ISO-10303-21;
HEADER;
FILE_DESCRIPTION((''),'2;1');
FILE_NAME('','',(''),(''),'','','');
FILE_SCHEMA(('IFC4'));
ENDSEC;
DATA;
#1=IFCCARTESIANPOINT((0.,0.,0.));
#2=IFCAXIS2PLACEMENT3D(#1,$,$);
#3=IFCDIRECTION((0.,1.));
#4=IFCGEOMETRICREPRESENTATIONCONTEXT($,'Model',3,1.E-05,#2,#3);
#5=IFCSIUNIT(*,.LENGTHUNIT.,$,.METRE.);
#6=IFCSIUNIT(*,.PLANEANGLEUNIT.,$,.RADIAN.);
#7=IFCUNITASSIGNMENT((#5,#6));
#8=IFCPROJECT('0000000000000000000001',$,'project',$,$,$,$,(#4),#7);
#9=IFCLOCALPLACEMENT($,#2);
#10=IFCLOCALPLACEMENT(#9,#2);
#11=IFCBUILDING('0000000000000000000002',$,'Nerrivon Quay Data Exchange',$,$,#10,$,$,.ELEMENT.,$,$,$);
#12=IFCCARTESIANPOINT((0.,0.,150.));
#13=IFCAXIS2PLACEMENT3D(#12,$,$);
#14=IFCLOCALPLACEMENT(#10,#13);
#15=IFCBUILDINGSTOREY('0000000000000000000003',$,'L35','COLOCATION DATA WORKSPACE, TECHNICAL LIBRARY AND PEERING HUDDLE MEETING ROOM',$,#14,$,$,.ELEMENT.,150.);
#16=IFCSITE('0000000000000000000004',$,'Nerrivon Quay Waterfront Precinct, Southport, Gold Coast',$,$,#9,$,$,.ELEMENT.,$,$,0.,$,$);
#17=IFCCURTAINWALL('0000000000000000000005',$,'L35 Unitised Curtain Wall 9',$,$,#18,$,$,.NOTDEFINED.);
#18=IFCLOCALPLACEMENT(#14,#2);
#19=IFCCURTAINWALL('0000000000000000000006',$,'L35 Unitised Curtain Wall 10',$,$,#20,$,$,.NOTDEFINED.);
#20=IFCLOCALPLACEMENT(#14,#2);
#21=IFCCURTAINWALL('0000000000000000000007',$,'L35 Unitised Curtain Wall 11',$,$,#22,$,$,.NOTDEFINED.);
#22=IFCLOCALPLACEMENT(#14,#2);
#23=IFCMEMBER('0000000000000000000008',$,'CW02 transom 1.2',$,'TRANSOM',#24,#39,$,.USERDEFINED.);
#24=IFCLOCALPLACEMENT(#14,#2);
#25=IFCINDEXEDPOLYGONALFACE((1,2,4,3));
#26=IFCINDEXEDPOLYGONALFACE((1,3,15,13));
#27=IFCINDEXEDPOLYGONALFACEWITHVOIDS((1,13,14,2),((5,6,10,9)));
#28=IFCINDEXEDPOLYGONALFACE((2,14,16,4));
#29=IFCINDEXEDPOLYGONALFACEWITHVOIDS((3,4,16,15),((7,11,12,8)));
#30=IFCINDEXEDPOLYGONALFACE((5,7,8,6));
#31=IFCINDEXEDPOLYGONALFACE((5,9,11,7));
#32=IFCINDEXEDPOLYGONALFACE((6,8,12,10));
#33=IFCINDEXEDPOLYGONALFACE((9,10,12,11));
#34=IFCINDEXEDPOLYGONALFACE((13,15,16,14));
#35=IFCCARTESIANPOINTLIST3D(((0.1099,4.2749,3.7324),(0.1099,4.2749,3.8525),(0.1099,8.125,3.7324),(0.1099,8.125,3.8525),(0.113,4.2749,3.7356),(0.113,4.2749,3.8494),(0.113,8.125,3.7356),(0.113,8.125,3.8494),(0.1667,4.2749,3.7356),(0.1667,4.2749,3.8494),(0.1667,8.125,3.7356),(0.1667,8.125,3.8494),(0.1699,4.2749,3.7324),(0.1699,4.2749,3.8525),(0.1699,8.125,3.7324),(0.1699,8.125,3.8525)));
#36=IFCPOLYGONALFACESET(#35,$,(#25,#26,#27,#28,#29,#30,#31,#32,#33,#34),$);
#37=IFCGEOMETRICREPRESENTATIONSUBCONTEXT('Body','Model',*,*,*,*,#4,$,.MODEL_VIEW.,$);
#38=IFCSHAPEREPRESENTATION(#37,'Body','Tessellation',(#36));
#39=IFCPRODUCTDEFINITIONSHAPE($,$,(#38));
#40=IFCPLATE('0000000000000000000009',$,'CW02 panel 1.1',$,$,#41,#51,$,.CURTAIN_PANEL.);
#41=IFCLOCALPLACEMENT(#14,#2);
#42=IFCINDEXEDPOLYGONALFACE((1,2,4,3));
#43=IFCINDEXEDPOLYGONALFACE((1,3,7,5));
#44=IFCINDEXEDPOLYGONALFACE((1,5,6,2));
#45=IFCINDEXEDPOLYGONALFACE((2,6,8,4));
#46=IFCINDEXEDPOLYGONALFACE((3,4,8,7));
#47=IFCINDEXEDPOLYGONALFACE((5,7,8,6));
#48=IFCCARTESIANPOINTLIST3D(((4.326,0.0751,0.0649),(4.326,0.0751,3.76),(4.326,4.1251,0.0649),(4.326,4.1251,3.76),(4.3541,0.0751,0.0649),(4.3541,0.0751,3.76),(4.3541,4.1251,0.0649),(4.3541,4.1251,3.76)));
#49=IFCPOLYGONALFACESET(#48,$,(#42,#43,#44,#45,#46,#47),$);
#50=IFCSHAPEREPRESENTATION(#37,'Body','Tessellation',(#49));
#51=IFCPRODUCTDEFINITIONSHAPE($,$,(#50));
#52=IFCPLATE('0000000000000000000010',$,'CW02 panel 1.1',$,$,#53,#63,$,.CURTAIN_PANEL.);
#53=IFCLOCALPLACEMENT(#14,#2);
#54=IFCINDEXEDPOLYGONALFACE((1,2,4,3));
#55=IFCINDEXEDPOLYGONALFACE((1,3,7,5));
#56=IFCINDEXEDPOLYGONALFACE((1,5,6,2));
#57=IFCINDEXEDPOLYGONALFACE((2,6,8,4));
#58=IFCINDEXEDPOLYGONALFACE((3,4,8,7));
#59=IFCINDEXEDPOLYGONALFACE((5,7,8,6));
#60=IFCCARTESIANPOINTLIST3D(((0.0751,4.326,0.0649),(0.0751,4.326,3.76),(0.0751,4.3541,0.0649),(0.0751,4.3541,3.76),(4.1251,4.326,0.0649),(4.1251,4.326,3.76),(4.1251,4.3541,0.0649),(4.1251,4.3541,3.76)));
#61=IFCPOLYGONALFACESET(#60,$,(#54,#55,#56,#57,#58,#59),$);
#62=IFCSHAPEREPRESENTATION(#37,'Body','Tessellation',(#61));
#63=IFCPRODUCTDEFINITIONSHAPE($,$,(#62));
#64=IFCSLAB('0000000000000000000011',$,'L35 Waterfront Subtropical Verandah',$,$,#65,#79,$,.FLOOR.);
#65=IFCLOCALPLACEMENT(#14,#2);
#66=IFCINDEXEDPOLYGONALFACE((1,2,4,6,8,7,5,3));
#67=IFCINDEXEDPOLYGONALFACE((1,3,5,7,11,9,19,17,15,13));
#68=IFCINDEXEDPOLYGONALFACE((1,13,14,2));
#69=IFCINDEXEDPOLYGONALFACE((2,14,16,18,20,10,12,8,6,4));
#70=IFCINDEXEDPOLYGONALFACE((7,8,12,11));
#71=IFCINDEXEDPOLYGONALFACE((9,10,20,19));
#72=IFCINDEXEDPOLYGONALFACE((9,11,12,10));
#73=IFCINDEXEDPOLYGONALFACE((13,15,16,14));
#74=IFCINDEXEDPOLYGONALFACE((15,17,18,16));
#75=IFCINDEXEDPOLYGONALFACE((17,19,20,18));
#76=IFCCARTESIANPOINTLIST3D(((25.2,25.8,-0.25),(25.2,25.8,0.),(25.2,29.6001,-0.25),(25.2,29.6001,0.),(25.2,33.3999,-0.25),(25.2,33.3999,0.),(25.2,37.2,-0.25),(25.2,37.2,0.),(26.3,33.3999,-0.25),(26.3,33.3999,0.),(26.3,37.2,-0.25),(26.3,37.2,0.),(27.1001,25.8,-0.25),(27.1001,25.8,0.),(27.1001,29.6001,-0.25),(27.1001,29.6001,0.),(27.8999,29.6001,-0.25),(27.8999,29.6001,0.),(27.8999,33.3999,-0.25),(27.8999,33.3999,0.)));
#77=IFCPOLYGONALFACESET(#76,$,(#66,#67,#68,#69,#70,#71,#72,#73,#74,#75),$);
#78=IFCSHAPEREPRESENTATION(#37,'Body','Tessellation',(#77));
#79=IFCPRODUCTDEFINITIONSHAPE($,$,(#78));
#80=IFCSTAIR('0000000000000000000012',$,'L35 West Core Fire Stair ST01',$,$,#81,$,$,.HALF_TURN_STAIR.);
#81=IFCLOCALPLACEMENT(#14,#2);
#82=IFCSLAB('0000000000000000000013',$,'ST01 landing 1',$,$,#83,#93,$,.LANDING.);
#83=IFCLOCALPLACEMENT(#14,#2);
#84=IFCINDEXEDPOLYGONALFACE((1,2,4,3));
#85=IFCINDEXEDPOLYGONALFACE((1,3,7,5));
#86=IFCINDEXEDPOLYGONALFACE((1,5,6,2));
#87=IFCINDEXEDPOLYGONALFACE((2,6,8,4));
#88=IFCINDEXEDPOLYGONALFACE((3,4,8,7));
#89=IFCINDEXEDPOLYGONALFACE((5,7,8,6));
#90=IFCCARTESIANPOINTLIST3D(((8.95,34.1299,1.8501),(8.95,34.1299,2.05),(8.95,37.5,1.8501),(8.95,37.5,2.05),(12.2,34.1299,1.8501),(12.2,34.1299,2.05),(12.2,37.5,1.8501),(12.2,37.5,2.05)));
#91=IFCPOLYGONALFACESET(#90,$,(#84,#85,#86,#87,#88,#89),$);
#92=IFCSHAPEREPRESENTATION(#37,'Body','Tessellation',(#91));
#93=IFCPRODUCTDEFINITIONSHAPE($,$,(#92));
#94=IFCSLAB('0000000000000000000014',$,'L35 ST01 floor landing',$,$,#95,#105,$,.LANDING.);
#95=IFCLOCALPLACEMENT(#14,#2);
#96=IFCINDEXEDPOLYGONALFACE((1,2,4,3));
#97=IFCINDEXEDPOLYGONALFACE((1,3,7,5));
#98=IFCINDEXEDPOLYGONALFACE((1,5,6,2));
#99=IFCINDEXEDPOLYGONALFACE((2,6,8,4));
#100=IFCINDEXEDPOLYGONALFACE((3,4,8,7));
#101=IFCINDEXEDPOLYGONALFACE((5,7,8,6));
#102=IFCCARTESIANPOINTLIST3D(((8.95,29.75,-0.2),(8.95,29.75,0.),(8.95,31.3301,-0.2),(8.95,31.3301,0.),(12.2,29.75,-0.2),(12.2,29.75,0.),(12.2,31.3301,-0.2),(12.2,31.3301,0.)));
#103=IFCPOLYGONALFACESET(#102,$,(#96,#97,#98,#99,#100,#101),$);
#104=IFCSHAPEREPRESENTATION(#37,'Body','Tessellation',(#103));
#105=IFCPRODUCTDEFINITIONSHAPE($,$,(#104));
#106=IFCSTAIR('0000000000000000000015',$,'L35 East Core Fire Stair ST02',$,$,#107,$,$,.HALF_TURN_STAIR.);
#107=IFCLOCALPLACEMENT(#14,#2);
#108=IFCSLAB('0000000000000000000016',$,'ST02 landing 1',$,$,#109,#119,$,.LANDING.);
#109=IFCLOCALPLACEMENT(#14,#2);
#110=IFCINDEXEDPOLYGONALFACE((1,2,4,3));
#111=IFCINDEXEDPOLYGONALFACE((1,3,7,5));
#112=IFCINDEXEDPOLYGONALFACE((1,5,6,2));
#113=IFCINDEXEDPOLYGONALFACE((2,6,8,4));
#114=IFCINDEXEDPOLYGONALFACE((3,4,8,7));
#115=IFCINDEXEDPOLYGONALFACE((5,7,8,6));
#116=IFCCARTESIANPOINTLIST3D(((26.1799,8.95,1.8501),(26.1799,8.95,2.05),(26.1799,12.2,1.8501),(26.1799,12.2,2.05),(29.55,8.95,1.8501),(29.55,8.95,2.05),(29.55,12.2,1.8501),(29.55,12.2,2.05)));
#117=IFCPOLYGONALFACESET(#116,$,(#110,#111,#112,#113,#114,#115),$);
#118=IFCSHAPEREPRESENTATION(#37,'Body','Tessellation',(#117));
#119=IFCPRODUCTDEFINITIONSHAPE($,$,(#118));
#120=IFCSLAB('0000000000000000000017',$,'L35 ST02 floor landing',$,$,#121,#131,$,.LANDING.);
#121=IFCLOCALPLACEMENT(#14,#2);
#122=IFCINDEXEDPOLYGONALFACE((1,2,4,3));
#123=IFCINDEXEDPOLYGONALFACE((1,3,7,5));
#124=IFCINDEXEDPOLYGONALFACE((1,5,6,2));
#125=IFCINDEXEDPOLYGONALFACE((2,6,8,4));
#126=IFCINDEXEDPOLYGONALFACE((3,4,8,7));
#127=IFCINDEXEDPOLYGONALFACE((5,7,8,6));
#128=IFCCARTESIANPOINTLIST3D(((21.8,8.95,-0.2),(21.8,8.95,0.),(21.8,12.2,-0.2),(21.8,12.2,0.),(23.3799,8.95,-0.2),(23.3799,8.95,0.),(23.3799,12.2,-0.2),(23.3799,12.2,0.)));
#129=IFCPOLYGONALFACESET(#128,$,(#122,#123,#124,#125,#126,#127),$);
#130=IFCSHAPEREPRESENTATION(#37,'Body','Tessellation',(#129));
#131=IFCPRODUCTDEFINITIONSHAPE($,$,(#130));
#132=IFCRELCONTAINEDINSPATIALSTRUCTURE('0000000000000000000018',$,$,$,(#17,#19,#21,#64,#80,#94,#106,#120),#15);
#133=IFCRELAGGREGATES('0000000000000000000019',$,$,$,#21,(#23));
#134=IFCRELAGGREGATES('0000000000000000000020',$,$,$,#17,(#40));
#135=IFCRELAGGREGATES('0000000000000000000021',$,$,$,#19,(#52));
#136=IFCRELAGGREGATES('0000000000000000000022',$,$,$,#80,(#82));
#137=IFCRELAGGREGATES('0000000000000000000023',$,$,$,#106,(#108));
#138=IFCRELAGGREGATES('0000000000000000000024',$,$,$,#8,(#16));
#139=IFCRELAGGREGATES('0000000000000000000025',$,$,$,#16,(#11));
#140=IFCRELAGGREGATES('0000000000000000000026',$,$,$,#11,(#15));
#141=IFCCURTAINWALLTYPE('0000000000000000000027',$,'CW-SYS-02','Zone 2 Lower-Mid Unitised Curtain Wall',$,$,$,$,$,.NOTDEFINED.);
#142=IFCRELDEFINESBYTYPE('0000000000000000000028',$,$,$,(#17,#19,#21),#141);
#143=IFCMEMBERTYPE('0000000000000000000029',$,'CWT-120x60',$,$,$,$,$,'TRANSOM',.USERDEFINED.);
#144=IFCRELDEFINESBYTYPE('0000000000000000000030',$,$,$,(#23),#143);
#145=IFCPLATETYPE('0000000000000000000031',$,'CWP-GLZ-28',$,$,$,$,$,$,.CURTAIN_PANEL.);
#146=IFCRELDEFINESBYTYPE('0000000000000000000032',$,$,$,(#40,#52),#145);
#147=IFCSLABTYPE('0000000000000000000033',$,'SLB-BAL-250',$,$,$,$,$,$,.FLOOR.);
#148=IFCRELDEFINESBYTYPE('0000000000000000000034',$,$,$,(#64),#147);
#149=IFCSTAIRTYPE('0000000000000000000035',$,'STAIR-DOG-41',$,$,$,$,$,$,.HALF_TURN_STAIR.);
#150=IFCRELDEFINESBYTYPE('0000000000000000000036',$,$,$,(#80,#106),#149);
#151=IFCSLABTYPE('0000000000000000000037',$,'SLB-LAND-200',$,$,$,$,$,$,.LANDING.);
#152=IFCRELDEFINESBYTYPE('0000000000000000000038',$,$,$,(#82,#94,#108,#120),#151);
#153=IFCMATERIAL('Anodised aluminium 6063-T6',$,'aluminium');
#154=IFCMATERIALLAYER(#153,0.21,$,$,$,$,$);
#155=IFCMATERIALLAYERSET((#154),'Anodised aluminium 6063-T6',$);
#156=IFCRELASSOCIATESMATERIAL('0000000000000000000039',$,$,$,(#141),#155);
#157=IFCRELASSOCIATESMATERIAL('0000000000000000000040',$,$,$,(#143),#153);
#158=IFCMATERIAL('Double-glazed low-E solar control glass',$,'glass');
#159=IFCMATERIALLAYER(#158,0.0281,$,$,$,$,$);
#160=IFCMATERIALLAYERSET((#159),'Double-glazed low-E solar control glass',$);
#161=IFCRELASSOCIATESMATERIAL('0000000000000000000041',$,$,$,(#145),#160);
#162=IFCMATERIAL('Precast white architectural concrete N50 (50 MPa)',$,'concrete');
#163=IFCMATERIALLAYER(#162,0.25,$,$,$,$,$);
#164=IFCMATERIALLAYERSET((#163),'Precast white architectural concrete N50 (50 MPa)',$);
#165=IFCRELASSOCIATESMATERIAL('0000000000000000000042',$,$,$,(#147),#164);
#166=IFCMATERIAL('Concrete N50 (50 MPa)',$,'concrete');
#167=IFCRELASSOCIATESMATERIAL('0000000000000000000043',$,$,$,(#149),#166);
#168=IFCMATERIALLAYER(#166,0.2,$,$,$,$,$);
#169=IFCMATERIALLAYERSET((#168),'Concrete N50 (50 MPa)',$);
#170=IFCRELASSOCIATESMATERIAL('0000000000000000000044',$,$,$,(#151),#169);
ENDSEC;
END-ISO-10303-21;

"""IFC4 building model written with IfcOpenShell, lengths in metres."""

from ifc_helpers import new_model, si_unit, direction, frame, origin, origin_2d, place, context, subcontext, project, spatial, polyline, rectangle, hollow_rectangle, outline, extrude, material, layer, layer_set, material_profile, profile_set, type_object, element, aggregate, save


model = new_model("IFC4")

# Units and contexts
model_context = context("Model", 3, precision=1e-05, world=origin(), true_north=direction((0.0, 1.0)))
body_context = subcontext(model_context, "Body", "Model", "MODEL_VIEW")
ifc_project = project(units=[si_unit("LENGTHUNIT", "METRE"), si_unit("PLANEANGLEUNIT", "RADIAN")], contexts=[model_context])

# Site, building, storey
site_placement = place(None, origin())
site = spatial("IfcSite", under=ifc_project, at=site_placement, Name="Nerrivon Quay Waterfront Precinct, Southport, Gold Coast", CompositionType="ELEMENT", RefElevation=0.0)
building_placement = place(site_placement, origin())
building = spatial("IfcBuilding", under=site, at=building_placement, Name="Nerrivon Quay Data Exchange", CompositionType="ELEMENT")
storey_placement = place(building_placement, frame((0.0, 0.0, 150.0)))
storey = spatial("IfcBuildingStorey", under=building, at=storey_placement, Name="L35", Description="COLOCATION DATA WORKSPACE, TECHNICAL LIBRARY AND PEERING HUDDLE MEETING ROOM", CompositionType="ELEMENT", Elevation=150.0)

# Shared definitions
ifc_material_1 = material(Name="Anodised aluminium 6063-T6", Category="aluminium")
ifc_layer_1 = layer(ifc_material_1, 0.21)
ifc_layer_set_1 = layer_set([ifc_layer_1], Name="Anodised aluminium 6063-T6")
curtain_wall_type = type_object("IfcCurtainWallType", Name="CW-SYS-02", Description="Zone 2 Lower-Mid Unitised Curtain Wall", PredefinedType="NOTDEFINED", material=ifc_layer_set_1)

# Curtain walls
curtain_wall_1_placement = place(storey_placement, origin())
curtain_wall_1 = element("IfcCurtainWall", 1, at=curtain_wall_1_placement, inside=storey, type_object=curtain_wall_type, Name="L35 Unitised Curtain Wall 9", PredefinedType="NOTDEFINED")
curtain_wall_2_placement = place(storey_placement, origin())
curtain_wall_2 = element("IfcCurtainWall", 2, at=curtain_wall_2_placement, inside=storey, type_object=curtain_wall_type, Name="L35 Unitised Curtain Wall 10", PredefinedType="NOTDEFINED")

# Curtain wall
curtain_wall_3_placement = place(storey_placement, origin())
curtain_wall_3 = element("IfcCurtainWall", 3, at=curtain_wall_3_placement, inside=storey, type_object=curtain_wall_type, Name="L35 Unitised Curtain Wall 11", PredefinedType="NOTDEFINED")

# Member
ifc_material_profile_1 = material_profile(ifc_material_1, hollow_rectangle(XDim=0.0601, YDim=0.1201, WallThickness=0.0032, at=origin_2d()), Name="ALU-TRAN-120x60")
ifc_profile_set_1 = profile_set([ifc_material_profile_1], Name="Anodised aluminium 6063-T6")
member_type_1 = type_object("IfcMemberType", Name="CWT-120x60", ElementType="TRANSOM", PredefinedType="USERDEFINED", material=ifc_profile_set_1)
member_1_placement = place(storey_placement, frame((0.1399, 4.2749, 3.7925), z_axis=(0.0, 1.0, 0.0), x_axis=(-1.0, 0.0, 0.0)))
member_1 = element("IfcMember", 4, at=member_1_placement, type_object=member_type_1, Name="CW02 transom 1.2", ObjectType="TRANSOM", PredefinedType="USERDEFINED", context=body_context, shape_type="SweptSolid", body=[
    extrude(hollow_rectangle(XDim=0.0601, YDim=0.1201, WallThickness=0.0032, at=origin_2d()), origin(), (0.0, 0.0, 1.0), 3.8501),
])
aggregate(curtain_wall_3, [member_1])

# Plates
ifc_material_2 = material(Name="Double-glazed low-E solar control glass", Category="glass")
ifc_layer_2 = layer(ifc_material_2, 0.0281)
ifc_layer_set_2 = layer_set([ifc_layer_2], Name="Double-glazed low-E solar control glass")
plate_type = type_object("IfcPlateType", Name="CWP-GLZ-28", PredefinedType="CURTAIN_PANEL", material=ifc_layer_set_2)
plate_1_placement = place(storey_placement, frame((4.3401, 2.1001, 0.0649), z_axis=(0.0, 0.0, 1.0), x_axis=(0.0, 1.0, 0.0)))
plate_1 = element("IfcPlate", 5, at=plate_1_placement, type_object=plate_type, Name="CW02 panel 1.1", PredefinedType="CURTAIN_PANEL", context=body_context, shape_type="SweptSolid", body=[
    extrude(rectangle(XDim=4.05, YDim=0.0281, at=origin_2d()), origin(), (0.0, 0.0, 1.0), 3.6951),
])
aggregate(curtain_wall_1, [plate_1])
plate_2_placement = place(storey_placement, frame((2.1001, 4.3401, 0.0649), z_axis=(0.0, 0.0, 1.0), x_axis=(-1.0, 0.0, 0.0)))
plate_2 = element("IfcPlate", 6, at=plate_2_placement, type_object=plate_type, Name="CW02 panel 1.1", PredefinedType="CURTAIN_PANEL", context=body_context, shape_type="SweptSolid", body=[
    extrude(rectangle(XDim=4.05, YDim=0.0281, at=origin_2d()), origin(), (0.0, 0.0, 1.0), 3.6951),
])
aggregate(curtain_wall_2, [plate_2])

# Slab
ifc_material_3 = material(Name="Precast white architectural concrete N50 (50 MPa)", Category="concrete")
ifc_layer_3 = layer(ifc_material_3, 0.25)
ifc_layer_set_3 = layer_set([ifc_layer_3], Name="Precast white architectural concrete N50 (50 MPa)")
slab_type_1 = type_object("IfcSlabType", Name="SLB-BAL-250", PredefinedType="FLOOR", material=ifc_layer_set_3)
slab_1_placement = place(storey_placement, frame((0.0, 0.0, -0.25)))
element("IfcSlab", 7, at=slab_1_placement, inside=storey, type_object=slab_type_1, Name="L35 Waterfront Subtropical Verandah", PredefinedType="FLOOR", context=body_context, shape_type="SweptSolid", body=[
    extrude(outline(polyline([(27.1001, 29.6001), (27.8999, 29.6001), (27.8999, 33.3999), (26.3, 33.3999), (26.3, 37.2), (25.2, 37.2), (25.2, 33.3999), (25.2, 29.6001), (25.2, 25.8), (27.1001, 25.8), (27.1001, 29.6001)])), origin(), (0.0, 0.0, 1.0), 0.25),
])

# Stair, slab
ifc_material_4 = material(Name="Concrete N50 (50 MPa)", Category="concrete")
stair_type = type_object("IfcStairType", Name="STAIR-DOG-41", PredefinedType="HALF_TURN_STAIR", material=ifc_material_4)
stair_1_placement = place(storey_placement, origin())
stair_1 = element("IfcStair", 8, at=stair_1_placement, inside=storey, type_object=stair_type, Name="L35 West Core Fire Stair ST01", PredefinedType="HALF_TURN_STAIR")
ifc_layer_4 = layer(ifc_material_4, 0.2)
ifc_layer_set_4 = layer_set([ifc_layer_4], Name="Concrete N50 (50 MPa)")
slab_type_2 = type_object("IfcSlabType", Name="SLB-LAND-200", PredefinedType="LANDING", material=ifc_layer_set_4)
slab_2_placement = place(storey_placement, frame((0.0, 0.0, 1.8501)))
slab_2 = element("IfcSlab", 9, at=slab_2_placement, type_object=slab_type_2, Name="ST01 landing 1", PredefinedType="LANDING", context=body_context, shape_type="SweptSolid", body=[
    extrude(outline(polyline([(12.2, 34.1299), (12.2, 37.5), (8.95, 37.5), (8.95, 34.1299), (12.2, 34.1299)])), origin(), (0.0, 0.0, 1.0), 0.2),
])
aggregate(stair_1, [slab_2])

# Slab
slab_3_placement = place(storey_placement, frame((0.0, 0.0, -0.2)))
element("IfcSlab", 10, at=slab_3_placement, inside=storey, type_object=slab_type_2, Name="L35 ST01 floor landing", PredefinedType="LANDING", context=body_context, shape_type="SweptSolid", body=[
    extrude(outline(polyline([(12.2, 29.75), (12.2, 31.3301), (8.95, 31.3301), (8.95, 29.75), (12.2, 29.75)])), origin(), (0.0, 0.0, 1.0), 0.2),
])

# Stair, slab
stair_2_placement = place(storey_placement, origin())
stair_2 = element("IfcStair", 11, at=stair_2_placement, inside=storey, type_object=stair_type, Name="L35 East Core Fire Stair ST02", PredefinedType="HALF_TURN_STAIR")
slab_4_placement = place(storey_placement, frame((0.0, 0.0, 1.8501)))
slab_4 = element("IfcSlab", 12, at=slab_4_placement, type_object=slab_type_2, Name="ST02 landing 1", PredefinedType="LANDING", context=body_context, shape_type="SweptSolid", body=[
    extrude(outline(polyline([(26.1799, 8.95), (29.55, 8.95), (29.55, 12.2), (26.1799, 12.2), (26.1799, 8.95)])), origin(), (0.0, 0.0, 1.0), 0.2),
])
aggregate(stair_2, [slab_4])

# Slab
slab_5_placement = place(storey_placement, frame((0.0, 0.0, -0.2)))
element("IfcSlab", 13, at=slab_5_placement, inside=storey, type_object=slab_type_2, Name="L35 ST02 floor landing", PredefinedType="LANDING", context=body_context, shape_type="SweptSolid", body=[
    extrude(outline(polyline([(21.8, 8.95), (23.3799, 8.95), (23.3799, 12.2), (21.8, 12.2), (21.8, 8.95)])), origin(), (0.0, 0.0, 1.0), 0.2),
])

save(model, "model.ifc")
